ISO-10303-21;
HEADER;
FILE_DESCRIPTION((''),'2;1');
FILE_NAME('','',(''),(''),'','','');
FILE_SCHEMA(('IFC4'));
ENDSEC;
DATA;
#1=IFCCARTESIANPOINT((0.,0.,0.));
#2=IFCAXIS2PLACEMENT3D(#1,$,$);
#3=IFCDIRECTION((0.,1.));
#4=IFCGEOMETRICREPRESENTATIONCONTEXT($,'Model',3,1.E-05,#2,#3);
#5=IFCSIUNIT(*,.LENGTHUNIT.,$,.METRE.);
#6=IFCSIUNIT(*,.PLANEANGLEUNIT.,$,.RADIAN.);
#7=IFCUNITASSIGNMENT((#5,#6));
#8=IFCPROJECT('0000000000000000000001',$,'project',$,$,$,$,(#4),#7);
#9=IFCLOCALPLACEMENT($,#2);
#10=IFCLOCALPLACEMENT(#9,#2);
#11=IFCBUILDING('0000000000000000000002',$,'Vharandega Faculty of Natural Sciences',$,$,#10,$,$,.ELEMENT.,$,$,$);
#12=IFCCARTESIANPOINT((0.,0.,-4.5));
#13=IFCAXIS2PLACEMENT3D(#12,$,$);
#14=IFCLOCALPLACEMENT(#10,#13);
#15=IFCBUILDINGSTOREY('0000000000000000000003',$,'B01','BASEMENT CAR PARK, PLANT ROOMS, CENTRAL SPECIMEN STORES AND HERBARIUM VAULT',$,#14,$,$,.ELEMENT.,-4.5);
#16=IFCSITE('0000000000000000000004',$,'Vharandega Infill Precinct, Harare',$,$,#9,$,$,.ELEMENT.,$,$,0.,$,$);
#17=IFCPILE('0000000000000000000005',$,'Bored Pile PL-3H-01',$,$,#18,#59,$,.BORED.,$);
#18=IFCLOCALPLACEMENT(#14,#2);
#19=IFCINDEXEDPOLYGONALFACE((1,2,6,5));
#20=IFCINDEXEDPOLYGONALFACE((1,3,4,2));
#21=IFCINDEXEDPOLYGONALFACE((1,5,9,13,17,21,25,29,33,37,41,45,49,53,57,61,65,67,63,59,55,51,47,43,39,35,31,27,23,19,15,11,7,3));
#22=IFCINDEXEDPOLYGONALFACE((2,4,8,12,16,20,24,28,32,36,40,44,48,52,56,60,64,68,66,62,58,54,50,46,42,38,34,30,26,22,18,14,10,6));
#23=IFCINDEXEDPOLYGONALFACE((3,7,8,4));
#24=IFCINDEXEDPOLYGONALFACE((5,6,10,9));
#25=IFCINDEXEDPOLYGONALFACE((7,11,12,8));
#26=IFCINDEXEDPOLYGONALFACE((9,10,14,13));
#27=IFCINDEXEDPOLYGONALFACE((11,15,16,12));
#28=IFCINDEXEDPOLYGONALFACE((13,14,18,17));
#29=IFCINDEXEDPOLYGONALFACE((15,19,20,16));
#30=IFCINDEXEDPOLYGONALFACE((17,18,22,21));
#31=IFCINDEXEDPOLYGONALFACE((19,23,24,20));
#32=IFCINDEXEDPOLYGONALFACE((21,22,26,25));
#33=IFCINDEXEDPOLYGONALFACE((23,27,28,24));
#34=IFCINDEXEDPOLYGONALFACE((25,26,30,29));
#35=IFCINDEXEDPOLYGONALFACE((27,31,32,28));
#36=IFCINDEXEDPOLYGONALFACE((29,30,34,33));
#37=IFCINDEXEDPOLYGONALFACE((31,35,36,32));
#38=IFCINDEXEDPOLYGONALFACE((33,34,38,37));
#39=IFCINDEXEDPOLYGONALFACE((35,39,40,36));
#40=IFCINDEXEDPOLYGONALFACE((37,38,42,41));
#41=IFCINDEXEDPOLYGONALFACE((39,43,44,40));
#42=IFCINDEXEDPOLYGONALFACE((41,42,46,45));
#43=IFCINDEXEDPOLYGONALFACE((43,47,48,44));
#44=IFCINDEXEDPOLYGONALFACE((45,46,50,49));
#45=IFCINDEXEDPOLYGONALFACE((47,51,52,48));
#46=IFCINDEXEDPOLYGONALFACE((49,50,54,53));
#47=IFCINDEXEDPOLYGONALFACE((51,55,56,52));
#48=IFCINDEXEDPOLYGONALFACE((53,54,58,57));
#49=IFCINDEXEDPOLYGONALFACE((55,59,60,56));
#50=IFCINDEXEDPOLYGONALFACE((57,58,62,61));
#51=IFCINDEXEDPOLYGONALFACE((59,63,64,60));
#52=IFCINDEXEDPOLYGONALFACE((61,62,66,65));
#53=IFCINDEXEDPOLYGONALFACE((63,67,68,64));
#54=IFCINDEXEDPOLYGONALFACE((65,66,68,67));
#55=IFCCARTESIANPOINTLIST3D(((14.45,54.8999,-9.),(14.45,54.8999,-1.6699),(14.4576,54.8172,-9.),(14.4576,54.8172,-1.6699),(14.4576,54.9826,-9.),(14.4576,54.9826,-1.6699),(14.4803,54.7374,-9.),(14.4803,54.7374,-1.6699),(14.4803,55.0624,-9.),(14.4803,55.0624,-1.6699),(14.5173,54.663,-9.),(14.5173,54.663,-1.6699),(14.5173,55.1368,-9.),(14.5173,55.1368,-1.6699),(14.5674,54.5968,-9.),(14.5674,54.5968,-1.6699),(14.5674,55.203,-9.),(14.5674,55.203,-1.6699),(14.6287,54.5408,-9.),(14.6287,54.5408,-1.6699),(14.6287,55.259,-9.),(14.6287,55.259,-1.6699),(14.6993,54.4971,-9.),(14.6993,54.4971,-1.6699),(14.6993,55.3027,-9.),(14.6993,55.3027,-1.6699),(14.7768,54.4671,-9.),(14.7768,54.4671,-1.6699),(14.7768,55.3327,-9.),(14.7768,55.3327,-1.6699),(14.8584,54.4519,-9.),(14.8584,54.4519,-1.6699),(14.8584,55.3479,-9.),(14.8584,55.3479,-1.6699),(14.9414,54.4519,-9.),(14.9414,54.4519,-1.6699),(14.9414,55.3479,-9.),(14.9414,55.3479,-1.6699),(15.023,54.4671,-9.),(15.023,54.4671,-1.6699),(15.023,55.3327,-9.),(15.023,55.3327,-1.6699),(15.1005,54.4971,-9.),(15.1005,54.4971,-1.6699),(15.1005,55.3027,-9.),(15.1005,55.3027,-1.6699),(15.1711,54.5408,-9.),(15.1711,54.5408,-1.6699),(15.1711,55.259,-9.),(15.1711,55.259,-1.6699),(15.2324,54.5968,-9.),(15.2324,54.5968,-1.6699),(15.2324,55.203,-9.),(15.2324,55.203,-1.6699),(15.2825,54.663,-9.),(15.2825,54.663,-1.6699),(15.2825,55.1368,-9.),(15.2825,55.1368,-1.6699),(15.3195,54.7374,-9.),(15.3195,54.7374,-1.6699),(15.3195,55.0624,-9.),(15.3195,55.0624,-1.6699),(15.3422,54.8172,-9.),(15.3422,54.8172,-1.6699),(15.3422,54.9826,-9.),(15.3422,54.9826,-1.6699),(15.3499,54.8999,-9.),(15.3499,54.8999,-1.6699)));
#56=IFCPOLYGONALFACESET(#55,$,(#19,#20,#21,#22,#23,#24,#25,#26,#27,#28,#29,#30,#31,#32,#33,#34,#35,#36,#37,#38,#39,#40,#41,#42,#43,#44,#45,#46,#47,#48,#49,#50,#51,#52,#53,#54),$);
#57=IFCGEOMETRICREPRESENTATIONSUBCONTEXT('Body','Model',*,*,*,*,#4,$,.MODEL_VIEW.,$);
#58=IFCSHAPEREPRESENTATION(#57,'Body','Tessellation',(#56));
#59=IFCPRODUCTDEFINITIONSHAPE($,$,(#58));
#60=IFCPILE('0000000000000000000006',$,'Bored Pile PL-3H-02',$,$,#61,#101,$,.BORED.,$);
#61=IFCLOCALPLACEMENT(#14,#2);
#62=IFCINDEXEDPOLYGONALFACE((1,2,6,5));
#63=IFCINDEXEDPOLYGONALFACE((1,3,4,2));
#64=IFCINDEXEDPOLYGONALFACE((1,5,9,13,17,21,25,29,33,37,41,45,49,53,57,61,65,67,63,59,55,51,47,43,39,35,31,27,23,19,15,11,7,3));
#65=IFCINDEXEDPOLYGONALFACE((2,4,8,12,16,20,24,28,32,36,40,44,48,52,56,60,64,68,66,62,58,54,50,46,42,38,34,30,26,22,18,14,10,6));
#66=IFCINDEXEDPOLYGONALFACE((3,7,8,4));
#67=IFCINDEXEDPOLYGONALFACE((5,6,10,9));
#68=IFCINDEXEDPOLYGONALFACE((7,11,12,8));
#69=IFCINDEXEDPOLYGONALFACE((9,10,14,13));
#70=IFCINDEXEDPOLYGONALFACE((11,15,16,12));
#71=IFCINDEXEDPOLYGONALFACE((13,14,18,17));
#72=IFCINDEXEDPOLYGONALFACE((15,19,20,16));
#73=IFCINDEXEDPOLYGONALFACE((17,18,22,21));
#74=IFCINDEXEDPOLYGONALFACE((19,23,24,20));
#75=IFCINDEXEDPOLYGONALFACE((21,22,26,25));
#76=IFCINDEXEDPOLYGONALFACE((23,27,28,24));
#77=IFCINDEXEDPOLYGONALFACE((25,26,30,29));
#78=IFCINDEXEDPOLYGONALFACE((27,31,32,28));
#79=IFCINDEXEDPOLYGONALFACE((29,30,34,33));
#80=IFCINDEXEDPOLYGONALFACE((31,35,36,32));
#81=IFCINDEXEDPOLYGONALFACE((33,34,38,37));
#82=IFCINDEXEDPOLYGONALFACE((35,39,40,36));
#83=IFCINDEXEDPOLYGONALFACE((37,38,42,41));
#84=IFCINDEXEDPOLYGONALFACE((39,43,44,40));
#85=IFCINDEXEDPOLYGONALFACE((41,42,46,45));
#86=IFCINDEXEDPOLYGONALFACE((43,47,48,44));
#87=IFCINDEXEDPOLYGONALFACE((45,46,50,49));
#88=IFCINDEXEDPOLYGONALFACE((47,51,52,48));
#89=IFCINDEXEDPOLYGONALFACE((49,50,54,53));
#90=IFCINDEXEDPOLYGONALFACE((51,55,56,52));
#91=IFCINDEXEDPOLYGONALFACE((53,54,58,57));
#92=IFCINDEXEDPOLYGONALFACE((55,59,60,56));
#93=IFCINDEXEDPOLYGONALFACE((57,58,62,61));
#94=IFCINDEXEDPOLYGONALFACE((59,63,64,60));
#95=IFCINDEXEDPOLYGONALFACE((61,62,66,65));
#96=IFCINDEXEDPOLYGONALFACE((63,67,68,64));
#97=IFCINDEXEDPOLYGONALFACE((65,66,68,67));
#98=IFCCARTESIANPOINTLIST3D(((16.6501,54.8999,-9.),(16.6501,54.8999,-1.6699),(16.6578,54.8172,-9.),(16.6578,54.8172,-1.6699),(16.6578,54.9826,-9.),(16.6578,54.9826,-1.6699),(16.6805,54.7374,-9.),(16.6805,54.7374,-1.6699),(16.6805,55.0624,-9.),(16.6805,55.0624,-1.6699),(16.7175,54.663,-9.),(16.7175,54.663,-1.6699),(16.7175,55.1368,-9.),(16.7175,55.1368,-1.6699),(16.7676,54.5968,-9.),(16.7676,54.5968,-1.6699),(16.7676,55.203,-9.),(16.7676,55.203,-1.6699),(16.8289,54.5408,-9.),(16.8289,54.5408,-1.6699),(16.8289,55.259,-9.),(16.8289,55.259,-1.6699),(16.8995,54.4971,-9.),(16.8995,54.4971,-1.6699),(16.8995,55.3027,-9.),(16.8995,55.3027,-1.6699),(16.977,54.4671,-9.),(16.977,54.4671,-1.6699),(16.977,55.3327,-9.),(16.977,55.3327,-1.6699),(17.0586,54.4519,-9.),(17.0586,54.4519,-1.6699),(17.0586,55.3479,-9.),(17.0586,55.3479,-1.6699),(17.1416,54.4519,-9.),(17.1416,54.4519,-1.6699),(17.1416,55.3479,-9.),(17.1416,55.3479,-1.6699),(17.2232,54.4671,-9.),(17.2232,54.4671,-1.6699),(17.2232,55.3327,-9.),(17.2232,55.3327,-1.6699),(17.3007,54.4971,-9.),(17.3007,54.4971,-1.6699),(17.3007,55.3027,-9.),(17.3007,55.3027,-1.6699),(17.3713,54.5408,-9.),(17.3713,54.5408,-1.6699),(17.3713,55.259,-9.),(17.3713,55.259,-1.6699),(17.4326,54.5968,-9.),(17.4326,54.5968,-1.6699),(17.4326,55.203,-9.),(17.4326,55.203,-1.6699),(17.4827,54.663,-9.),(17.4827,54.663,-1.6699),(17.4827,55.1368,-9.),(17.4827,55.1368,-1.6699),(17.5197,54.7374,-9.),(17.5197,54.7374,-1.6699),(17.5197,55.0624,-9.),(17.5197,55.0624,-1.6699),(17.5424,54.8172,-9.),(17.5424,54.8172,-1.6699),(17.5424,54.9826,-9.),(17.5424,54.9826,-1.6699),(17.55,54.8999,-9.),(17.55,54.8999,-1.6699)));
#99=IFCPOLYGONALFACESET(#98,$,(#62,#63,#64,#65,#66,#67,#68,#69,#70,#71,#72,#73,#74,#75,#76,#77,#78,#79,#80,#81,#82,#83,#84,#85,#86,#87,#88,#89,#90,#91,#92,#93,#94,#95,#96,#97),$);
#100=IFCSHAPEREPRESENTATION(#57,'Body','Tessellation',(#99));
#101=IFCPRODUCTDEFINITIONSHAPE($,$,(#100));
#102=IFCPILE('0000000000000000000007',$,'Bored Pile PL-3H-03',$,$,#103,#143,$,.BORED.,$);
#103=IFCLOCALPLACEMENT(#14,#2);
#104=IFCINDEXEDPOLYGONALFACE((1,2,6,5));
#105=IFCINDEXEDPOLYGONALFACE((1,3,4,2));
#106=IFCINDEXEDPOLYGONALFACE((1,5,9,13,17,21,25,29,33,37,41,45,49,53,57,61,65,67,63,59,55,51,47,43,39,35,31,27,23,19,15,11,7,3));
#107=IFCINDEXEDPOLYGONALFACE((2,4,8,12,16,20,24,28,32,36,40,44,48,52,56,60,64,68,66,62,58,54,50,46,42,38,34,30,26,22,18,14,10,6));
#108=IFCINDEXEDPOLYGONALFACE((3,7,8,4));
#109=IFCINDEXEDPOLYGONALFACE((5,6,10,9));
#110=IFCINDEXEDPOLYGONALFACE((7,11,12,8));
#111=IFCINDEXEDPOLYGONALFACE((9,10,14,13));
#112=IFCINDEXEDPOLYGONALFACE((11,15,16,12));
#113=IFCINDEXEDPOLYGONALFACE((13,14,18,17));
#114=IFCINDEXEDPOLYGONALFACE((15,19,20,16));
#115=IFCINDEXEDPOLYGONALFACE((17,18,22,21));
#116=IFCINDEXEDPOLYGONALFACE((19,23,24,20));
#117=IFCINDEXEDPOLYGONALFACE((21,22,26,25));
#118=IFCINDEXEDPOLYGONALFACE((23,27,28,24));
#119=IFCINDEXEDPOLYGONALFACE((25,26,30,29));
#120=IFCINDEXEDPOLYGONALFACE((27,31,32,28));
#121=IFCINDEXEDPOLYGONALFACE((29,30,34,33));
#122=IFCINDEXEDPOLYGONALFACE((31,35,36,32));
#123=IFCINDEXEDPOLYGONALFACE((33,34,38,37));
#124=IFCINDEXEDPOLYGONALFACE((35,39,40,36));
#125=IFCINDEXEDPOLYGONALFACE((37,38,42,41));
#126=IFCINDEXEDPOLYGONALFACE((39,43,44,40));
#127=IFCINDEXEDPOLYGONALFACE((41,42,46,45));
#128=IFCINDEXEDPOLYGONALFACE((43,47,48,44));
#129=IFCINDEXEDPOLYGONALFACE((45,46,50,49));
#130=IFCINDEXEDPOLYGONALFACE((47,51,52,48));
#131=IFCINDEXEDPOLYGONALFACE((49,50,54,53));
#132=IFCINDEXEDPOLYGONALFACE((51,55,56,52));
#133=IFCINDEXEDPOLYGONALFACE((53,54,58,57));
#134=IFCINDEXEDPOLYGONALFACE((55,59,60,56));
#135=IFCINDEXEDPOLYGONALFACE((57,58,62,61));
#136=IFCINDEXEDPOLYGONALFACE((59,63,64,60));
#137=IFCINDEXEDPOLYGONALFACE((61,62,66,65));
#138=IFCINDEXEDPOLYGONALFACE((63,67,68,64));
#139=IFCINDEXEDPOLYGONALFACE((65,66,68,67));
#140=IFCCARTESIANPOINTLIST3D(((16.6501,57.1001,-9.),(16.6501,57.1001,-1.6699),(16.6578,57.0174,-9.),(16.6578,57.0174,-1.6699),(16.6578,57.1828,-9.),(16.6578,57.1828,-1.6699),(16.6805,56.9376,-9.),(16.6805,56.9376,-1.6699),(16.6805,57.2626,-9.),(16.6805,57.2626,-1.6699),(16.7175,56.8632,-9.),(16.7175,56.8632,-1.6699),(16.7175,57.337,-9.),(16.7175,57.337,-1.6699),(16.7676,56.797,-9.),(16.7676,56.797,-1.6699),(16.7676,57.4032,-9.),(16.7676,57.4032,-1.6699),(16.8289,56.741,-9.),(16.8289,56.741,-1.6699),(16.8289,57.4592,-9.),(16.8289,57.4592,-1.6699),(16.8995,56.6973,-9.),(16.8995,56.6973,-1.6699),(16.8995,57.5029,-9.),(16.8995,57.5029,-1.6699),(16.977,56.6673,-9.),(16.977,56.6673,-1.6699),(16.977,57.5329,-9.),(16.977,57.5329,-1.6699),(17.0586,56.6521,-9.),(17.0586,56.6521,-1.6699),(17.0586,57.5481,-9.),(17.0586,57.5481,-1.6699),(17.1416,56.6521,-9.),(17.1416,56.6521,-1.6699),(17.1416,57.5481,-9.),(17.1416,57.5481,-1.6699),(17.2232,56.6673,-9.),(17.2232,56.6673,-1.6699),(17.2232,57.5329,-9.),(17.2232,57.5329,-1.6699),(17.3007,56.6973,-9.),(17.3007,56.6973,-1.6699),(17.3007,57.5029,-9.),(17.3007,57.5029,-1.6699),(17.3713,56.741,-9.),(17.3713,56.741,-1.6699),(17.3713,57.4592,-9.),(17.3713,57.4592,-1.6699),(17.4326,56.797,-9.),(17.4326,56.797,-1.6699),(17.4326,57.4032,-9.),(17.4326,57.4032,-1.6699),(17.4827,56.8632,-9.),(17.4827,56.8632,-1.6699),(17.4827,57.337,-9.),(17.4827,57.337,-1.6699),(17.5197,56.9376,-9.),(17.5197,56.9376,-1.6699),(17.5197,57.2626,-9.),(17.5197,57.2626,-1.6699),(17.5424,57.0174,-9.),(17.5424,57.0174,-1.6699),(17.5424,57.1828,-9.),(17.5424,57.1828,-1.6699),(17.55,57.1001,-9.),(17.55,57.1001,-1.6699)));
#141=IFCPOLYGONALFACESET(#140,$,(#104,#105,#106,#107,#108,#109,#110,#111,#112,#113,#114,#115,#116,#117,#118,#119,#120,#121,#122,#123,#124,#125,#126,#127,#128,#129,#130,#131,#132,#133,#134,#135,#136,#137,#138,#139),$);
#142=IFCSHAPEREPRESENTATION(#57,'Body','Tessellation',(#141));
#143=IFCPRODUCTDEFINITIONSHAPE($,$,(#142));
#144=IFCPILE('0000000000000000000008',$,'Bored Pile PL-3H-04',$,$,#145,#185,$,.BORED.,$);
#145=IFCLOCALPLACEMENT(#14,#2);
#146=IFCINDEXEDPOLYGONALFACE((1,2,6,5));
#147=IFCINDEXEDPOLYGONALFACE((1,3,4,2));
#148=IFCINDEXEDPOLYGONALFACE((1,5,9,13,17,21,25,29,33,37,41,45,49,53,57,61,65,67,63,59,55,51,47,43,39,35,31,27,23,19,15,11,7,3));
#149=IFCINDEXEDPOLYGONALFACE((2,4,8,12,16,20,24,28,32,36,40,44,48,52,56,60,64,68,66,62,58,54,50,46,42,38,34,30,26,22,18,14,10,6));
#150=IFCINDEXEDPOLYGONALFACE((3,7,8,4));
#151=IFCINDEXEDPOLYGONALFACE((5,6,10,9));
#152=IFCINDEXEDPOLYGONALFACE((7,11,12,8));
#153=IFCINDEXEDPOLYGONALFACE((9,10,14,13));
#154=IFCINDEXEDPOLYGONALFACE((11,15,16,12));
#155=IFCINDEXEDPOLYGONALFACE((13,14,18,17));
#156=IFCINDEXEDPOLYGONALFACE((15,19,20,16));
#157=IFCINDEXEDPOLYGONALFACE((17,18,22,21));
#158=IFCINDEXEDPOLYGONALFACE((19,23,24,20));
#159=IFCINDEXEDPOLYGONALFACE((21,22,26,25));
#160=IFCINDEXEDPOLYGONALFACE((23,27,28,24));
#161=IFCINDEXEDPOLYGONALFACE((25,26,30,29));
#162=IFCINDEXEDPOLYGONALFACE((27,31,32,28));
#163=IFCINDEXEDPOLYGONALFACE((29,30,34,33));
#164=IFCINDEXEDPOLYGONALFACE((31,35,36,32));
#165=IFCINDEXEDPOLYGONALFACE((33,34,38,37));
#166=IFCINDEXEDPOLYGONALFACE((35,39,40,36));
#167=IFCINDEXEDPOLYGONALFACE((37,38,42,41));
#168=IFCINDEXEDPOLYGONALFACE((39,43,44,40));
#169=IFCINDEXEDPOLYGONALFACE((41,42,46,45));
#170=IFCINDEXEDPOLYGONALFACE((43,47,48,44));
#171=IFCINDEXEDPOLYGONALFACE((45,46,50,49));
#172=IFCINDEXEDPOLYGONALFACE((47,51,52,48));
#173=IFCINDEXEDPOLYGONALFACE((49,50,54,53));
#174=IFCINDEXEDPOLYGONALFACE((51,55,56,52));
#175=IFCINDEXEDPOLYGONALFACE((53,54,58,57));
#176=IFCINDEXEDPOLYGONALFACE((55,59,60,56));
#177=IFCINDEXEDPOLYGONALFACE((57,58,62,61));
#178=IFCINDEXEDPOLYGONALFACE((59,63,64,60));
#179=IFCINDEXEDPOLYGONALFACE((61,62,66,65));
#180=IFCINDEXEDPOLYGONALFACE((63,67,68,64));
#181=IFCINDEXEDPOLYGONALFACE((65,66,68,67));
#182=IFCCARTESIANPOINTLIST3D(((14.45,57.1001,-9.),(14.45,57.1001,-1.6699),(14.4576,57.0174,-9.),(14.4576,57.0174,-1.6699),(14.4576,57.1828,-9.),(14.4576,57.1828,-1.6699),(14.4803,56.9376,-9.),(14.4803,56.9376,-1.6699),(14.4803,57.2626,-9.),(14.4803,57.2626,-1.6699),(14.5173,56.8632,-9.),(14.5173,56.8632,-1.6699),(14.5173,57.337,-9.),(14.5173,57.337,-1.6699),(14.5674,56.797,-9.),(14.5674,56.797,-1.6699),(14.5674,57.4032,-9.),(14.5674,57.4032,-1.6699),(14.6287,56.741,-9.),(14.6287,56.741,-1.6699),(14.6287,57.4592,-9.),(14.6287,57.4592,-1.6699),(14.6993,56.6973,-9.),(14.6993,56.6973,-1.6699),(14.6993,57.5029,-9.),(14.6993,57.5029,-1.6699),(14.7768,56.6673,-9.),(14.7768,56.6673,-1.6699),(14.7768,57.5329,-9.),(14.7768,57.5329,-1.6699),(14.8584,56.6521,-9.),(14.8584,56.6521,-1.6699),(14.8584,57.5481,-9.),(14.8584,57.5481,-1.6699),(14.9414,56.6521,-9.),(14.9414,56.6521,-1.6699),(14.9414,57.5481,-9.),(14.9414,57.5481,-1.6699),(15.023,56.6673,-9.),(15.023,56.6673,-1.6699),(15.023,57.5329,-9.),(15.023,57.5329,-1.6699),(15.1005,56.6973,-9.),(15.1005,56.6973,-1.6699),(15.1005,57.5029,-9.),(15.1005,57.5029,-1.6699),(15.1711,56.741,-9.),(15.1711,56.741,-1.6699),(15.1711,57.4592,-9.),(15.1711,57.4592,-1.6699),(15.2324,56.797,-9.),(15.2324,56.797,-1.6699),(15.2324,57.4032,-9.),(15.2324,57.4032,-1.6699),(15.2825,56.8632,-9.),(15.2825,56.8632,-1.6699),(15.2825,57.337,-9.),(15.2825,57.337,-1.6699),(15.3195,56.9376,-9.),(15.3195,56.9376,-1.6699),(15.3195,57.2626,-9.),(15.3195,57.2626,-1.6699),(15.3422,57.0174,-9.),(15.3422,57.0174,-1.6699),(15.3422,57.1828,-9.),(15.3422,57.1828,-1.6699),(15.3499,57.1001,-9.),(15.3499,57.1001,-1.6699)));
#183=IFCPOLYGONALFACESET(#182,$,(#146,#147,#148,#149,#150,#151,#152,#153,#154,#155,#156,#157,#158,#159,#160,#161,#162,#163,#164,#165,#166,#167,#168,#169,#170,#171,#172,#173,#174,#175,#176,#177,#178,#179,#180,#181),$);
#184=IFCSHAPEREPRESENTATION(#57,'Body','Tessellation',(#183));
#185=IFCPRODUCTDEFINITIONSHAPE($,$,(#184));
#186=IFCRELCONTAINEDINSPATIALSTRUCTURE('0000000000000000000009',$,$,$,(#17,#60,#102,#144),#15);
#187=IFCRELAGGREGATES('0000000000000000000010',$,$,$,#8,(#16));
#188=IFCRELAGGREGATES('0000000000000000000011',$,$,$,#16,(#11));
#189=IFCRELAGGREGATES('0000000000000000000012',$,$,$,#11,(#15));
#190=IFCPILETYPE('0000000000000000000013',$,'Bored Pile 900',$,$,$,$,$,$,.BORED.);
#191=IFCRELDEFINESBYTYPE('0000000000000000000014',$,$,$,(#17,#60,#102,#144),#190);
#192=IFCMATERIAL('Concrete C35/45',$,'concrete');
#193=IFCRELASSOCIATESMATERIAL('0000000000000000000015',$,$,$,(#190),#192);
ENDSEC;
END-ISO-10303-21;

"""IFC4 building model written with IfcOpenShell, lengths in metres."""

from ifc_helpers import new_model, si_unit, direction, frame, origin, origin_2d, place, context, subcontext, project, spatial, circle, extrude, material, material_profile, profile_set, type_object, element, save


model = new_model("IFC4")

# Units and contexts
model_context = context("Model", 3, precision=1e-05, world=origin(), true_north=direction((0.0, 1.0)))
body_context = subcontext(model_context, "Body", "Model", "MODEL_VIEW")
ifc_project = project(units=[si_unit("LENGTHUNIT", "METRE"), si_unit("PLANEANGLEUNIT", "RADIAN")], contexts=[model_context])

# Site, building, storey
site_placement = place(None, origin())
site = spatial("IfcSite", under=ifc_project, at=site_placement, Name="Vharandega Infill Precinct, Harare", CompositionType="ELEMENT", RefElevation=0.0)
building_placement = place(site_placement, origin())
building = spatial("IfcBuilding", under=site, at=building_placement, Name="Vharandega Faculty of Natural Sciences", CompositionType="ELEMENT")
storey_placement = place(building_placement, frame((0.0, 0.0, -4.5)))
storey = spatial("IfcBuildingStorey", under=building, at=storey_placement, Name="B01", Description="BASEMENT CAR PARK, PLANT ROOMS, CENTRAL SPECIMEN STORES AND HERBARIUM VAULT", CompositionType="ELEMENT", Elevation=-4.5)

# Piles
ifc_material_1 = material(Name="Concrete C35/45", Category="concrete")
ifc_material_profile_1 = material_profile(ifc_material_1, circle(Radius=0.45, at=origin_2d()), Name="PILE 900")
ifc_profile_set_1 = profile_set([ifc_material_profile_1], Name="Concrete C35/45")
pile_type = type_object("IfcPileType", Name="Bored Pile 900", PredefinedType="BORED", material=ifc_profile_set_1)
for number, where, z_axis, x_axis, name in (
    (1, (14.8999, 54.8999, -1.6699), (0.0, 0.0, -1.0), (1.0, 0.0, 0.0), "Bored Pile PL-3H-01"),
    (2, (17.1001, 54.8999, -1.6699), (0.0, 0.0, -1.0), (1.0, 0.0, 0.0), "Bored Pile PL-3H-02"),
    (3, (17.1001, 57.1001, -1.6699), (0.0, 0.0, -1.0), (1.0, 0.0, 0.0), "Bored Pile PL-3H-03"),
    (4, (14.8999, 57.1001, -1.6699), (0.0, 0.0, -1.0), (1.0, 0.0, 0.0), "Bored Pile PL-3H-04"),
):
    element("IfcPile", number, at=place(storey_placement, frame(where, z_axis=z_axis, x_axis=x_axis)), inside=storey, type_object=pile_type, Name=name, PredefinedType="BORED", context=body_context, shape_type="SweptSolid", body=[
        extrude(circle(Radius=0.45, at=origin_2d()), origin(), (0.0, 0.0, 1.0), 7.3301),
    ])

save(model, "model.ifc")
